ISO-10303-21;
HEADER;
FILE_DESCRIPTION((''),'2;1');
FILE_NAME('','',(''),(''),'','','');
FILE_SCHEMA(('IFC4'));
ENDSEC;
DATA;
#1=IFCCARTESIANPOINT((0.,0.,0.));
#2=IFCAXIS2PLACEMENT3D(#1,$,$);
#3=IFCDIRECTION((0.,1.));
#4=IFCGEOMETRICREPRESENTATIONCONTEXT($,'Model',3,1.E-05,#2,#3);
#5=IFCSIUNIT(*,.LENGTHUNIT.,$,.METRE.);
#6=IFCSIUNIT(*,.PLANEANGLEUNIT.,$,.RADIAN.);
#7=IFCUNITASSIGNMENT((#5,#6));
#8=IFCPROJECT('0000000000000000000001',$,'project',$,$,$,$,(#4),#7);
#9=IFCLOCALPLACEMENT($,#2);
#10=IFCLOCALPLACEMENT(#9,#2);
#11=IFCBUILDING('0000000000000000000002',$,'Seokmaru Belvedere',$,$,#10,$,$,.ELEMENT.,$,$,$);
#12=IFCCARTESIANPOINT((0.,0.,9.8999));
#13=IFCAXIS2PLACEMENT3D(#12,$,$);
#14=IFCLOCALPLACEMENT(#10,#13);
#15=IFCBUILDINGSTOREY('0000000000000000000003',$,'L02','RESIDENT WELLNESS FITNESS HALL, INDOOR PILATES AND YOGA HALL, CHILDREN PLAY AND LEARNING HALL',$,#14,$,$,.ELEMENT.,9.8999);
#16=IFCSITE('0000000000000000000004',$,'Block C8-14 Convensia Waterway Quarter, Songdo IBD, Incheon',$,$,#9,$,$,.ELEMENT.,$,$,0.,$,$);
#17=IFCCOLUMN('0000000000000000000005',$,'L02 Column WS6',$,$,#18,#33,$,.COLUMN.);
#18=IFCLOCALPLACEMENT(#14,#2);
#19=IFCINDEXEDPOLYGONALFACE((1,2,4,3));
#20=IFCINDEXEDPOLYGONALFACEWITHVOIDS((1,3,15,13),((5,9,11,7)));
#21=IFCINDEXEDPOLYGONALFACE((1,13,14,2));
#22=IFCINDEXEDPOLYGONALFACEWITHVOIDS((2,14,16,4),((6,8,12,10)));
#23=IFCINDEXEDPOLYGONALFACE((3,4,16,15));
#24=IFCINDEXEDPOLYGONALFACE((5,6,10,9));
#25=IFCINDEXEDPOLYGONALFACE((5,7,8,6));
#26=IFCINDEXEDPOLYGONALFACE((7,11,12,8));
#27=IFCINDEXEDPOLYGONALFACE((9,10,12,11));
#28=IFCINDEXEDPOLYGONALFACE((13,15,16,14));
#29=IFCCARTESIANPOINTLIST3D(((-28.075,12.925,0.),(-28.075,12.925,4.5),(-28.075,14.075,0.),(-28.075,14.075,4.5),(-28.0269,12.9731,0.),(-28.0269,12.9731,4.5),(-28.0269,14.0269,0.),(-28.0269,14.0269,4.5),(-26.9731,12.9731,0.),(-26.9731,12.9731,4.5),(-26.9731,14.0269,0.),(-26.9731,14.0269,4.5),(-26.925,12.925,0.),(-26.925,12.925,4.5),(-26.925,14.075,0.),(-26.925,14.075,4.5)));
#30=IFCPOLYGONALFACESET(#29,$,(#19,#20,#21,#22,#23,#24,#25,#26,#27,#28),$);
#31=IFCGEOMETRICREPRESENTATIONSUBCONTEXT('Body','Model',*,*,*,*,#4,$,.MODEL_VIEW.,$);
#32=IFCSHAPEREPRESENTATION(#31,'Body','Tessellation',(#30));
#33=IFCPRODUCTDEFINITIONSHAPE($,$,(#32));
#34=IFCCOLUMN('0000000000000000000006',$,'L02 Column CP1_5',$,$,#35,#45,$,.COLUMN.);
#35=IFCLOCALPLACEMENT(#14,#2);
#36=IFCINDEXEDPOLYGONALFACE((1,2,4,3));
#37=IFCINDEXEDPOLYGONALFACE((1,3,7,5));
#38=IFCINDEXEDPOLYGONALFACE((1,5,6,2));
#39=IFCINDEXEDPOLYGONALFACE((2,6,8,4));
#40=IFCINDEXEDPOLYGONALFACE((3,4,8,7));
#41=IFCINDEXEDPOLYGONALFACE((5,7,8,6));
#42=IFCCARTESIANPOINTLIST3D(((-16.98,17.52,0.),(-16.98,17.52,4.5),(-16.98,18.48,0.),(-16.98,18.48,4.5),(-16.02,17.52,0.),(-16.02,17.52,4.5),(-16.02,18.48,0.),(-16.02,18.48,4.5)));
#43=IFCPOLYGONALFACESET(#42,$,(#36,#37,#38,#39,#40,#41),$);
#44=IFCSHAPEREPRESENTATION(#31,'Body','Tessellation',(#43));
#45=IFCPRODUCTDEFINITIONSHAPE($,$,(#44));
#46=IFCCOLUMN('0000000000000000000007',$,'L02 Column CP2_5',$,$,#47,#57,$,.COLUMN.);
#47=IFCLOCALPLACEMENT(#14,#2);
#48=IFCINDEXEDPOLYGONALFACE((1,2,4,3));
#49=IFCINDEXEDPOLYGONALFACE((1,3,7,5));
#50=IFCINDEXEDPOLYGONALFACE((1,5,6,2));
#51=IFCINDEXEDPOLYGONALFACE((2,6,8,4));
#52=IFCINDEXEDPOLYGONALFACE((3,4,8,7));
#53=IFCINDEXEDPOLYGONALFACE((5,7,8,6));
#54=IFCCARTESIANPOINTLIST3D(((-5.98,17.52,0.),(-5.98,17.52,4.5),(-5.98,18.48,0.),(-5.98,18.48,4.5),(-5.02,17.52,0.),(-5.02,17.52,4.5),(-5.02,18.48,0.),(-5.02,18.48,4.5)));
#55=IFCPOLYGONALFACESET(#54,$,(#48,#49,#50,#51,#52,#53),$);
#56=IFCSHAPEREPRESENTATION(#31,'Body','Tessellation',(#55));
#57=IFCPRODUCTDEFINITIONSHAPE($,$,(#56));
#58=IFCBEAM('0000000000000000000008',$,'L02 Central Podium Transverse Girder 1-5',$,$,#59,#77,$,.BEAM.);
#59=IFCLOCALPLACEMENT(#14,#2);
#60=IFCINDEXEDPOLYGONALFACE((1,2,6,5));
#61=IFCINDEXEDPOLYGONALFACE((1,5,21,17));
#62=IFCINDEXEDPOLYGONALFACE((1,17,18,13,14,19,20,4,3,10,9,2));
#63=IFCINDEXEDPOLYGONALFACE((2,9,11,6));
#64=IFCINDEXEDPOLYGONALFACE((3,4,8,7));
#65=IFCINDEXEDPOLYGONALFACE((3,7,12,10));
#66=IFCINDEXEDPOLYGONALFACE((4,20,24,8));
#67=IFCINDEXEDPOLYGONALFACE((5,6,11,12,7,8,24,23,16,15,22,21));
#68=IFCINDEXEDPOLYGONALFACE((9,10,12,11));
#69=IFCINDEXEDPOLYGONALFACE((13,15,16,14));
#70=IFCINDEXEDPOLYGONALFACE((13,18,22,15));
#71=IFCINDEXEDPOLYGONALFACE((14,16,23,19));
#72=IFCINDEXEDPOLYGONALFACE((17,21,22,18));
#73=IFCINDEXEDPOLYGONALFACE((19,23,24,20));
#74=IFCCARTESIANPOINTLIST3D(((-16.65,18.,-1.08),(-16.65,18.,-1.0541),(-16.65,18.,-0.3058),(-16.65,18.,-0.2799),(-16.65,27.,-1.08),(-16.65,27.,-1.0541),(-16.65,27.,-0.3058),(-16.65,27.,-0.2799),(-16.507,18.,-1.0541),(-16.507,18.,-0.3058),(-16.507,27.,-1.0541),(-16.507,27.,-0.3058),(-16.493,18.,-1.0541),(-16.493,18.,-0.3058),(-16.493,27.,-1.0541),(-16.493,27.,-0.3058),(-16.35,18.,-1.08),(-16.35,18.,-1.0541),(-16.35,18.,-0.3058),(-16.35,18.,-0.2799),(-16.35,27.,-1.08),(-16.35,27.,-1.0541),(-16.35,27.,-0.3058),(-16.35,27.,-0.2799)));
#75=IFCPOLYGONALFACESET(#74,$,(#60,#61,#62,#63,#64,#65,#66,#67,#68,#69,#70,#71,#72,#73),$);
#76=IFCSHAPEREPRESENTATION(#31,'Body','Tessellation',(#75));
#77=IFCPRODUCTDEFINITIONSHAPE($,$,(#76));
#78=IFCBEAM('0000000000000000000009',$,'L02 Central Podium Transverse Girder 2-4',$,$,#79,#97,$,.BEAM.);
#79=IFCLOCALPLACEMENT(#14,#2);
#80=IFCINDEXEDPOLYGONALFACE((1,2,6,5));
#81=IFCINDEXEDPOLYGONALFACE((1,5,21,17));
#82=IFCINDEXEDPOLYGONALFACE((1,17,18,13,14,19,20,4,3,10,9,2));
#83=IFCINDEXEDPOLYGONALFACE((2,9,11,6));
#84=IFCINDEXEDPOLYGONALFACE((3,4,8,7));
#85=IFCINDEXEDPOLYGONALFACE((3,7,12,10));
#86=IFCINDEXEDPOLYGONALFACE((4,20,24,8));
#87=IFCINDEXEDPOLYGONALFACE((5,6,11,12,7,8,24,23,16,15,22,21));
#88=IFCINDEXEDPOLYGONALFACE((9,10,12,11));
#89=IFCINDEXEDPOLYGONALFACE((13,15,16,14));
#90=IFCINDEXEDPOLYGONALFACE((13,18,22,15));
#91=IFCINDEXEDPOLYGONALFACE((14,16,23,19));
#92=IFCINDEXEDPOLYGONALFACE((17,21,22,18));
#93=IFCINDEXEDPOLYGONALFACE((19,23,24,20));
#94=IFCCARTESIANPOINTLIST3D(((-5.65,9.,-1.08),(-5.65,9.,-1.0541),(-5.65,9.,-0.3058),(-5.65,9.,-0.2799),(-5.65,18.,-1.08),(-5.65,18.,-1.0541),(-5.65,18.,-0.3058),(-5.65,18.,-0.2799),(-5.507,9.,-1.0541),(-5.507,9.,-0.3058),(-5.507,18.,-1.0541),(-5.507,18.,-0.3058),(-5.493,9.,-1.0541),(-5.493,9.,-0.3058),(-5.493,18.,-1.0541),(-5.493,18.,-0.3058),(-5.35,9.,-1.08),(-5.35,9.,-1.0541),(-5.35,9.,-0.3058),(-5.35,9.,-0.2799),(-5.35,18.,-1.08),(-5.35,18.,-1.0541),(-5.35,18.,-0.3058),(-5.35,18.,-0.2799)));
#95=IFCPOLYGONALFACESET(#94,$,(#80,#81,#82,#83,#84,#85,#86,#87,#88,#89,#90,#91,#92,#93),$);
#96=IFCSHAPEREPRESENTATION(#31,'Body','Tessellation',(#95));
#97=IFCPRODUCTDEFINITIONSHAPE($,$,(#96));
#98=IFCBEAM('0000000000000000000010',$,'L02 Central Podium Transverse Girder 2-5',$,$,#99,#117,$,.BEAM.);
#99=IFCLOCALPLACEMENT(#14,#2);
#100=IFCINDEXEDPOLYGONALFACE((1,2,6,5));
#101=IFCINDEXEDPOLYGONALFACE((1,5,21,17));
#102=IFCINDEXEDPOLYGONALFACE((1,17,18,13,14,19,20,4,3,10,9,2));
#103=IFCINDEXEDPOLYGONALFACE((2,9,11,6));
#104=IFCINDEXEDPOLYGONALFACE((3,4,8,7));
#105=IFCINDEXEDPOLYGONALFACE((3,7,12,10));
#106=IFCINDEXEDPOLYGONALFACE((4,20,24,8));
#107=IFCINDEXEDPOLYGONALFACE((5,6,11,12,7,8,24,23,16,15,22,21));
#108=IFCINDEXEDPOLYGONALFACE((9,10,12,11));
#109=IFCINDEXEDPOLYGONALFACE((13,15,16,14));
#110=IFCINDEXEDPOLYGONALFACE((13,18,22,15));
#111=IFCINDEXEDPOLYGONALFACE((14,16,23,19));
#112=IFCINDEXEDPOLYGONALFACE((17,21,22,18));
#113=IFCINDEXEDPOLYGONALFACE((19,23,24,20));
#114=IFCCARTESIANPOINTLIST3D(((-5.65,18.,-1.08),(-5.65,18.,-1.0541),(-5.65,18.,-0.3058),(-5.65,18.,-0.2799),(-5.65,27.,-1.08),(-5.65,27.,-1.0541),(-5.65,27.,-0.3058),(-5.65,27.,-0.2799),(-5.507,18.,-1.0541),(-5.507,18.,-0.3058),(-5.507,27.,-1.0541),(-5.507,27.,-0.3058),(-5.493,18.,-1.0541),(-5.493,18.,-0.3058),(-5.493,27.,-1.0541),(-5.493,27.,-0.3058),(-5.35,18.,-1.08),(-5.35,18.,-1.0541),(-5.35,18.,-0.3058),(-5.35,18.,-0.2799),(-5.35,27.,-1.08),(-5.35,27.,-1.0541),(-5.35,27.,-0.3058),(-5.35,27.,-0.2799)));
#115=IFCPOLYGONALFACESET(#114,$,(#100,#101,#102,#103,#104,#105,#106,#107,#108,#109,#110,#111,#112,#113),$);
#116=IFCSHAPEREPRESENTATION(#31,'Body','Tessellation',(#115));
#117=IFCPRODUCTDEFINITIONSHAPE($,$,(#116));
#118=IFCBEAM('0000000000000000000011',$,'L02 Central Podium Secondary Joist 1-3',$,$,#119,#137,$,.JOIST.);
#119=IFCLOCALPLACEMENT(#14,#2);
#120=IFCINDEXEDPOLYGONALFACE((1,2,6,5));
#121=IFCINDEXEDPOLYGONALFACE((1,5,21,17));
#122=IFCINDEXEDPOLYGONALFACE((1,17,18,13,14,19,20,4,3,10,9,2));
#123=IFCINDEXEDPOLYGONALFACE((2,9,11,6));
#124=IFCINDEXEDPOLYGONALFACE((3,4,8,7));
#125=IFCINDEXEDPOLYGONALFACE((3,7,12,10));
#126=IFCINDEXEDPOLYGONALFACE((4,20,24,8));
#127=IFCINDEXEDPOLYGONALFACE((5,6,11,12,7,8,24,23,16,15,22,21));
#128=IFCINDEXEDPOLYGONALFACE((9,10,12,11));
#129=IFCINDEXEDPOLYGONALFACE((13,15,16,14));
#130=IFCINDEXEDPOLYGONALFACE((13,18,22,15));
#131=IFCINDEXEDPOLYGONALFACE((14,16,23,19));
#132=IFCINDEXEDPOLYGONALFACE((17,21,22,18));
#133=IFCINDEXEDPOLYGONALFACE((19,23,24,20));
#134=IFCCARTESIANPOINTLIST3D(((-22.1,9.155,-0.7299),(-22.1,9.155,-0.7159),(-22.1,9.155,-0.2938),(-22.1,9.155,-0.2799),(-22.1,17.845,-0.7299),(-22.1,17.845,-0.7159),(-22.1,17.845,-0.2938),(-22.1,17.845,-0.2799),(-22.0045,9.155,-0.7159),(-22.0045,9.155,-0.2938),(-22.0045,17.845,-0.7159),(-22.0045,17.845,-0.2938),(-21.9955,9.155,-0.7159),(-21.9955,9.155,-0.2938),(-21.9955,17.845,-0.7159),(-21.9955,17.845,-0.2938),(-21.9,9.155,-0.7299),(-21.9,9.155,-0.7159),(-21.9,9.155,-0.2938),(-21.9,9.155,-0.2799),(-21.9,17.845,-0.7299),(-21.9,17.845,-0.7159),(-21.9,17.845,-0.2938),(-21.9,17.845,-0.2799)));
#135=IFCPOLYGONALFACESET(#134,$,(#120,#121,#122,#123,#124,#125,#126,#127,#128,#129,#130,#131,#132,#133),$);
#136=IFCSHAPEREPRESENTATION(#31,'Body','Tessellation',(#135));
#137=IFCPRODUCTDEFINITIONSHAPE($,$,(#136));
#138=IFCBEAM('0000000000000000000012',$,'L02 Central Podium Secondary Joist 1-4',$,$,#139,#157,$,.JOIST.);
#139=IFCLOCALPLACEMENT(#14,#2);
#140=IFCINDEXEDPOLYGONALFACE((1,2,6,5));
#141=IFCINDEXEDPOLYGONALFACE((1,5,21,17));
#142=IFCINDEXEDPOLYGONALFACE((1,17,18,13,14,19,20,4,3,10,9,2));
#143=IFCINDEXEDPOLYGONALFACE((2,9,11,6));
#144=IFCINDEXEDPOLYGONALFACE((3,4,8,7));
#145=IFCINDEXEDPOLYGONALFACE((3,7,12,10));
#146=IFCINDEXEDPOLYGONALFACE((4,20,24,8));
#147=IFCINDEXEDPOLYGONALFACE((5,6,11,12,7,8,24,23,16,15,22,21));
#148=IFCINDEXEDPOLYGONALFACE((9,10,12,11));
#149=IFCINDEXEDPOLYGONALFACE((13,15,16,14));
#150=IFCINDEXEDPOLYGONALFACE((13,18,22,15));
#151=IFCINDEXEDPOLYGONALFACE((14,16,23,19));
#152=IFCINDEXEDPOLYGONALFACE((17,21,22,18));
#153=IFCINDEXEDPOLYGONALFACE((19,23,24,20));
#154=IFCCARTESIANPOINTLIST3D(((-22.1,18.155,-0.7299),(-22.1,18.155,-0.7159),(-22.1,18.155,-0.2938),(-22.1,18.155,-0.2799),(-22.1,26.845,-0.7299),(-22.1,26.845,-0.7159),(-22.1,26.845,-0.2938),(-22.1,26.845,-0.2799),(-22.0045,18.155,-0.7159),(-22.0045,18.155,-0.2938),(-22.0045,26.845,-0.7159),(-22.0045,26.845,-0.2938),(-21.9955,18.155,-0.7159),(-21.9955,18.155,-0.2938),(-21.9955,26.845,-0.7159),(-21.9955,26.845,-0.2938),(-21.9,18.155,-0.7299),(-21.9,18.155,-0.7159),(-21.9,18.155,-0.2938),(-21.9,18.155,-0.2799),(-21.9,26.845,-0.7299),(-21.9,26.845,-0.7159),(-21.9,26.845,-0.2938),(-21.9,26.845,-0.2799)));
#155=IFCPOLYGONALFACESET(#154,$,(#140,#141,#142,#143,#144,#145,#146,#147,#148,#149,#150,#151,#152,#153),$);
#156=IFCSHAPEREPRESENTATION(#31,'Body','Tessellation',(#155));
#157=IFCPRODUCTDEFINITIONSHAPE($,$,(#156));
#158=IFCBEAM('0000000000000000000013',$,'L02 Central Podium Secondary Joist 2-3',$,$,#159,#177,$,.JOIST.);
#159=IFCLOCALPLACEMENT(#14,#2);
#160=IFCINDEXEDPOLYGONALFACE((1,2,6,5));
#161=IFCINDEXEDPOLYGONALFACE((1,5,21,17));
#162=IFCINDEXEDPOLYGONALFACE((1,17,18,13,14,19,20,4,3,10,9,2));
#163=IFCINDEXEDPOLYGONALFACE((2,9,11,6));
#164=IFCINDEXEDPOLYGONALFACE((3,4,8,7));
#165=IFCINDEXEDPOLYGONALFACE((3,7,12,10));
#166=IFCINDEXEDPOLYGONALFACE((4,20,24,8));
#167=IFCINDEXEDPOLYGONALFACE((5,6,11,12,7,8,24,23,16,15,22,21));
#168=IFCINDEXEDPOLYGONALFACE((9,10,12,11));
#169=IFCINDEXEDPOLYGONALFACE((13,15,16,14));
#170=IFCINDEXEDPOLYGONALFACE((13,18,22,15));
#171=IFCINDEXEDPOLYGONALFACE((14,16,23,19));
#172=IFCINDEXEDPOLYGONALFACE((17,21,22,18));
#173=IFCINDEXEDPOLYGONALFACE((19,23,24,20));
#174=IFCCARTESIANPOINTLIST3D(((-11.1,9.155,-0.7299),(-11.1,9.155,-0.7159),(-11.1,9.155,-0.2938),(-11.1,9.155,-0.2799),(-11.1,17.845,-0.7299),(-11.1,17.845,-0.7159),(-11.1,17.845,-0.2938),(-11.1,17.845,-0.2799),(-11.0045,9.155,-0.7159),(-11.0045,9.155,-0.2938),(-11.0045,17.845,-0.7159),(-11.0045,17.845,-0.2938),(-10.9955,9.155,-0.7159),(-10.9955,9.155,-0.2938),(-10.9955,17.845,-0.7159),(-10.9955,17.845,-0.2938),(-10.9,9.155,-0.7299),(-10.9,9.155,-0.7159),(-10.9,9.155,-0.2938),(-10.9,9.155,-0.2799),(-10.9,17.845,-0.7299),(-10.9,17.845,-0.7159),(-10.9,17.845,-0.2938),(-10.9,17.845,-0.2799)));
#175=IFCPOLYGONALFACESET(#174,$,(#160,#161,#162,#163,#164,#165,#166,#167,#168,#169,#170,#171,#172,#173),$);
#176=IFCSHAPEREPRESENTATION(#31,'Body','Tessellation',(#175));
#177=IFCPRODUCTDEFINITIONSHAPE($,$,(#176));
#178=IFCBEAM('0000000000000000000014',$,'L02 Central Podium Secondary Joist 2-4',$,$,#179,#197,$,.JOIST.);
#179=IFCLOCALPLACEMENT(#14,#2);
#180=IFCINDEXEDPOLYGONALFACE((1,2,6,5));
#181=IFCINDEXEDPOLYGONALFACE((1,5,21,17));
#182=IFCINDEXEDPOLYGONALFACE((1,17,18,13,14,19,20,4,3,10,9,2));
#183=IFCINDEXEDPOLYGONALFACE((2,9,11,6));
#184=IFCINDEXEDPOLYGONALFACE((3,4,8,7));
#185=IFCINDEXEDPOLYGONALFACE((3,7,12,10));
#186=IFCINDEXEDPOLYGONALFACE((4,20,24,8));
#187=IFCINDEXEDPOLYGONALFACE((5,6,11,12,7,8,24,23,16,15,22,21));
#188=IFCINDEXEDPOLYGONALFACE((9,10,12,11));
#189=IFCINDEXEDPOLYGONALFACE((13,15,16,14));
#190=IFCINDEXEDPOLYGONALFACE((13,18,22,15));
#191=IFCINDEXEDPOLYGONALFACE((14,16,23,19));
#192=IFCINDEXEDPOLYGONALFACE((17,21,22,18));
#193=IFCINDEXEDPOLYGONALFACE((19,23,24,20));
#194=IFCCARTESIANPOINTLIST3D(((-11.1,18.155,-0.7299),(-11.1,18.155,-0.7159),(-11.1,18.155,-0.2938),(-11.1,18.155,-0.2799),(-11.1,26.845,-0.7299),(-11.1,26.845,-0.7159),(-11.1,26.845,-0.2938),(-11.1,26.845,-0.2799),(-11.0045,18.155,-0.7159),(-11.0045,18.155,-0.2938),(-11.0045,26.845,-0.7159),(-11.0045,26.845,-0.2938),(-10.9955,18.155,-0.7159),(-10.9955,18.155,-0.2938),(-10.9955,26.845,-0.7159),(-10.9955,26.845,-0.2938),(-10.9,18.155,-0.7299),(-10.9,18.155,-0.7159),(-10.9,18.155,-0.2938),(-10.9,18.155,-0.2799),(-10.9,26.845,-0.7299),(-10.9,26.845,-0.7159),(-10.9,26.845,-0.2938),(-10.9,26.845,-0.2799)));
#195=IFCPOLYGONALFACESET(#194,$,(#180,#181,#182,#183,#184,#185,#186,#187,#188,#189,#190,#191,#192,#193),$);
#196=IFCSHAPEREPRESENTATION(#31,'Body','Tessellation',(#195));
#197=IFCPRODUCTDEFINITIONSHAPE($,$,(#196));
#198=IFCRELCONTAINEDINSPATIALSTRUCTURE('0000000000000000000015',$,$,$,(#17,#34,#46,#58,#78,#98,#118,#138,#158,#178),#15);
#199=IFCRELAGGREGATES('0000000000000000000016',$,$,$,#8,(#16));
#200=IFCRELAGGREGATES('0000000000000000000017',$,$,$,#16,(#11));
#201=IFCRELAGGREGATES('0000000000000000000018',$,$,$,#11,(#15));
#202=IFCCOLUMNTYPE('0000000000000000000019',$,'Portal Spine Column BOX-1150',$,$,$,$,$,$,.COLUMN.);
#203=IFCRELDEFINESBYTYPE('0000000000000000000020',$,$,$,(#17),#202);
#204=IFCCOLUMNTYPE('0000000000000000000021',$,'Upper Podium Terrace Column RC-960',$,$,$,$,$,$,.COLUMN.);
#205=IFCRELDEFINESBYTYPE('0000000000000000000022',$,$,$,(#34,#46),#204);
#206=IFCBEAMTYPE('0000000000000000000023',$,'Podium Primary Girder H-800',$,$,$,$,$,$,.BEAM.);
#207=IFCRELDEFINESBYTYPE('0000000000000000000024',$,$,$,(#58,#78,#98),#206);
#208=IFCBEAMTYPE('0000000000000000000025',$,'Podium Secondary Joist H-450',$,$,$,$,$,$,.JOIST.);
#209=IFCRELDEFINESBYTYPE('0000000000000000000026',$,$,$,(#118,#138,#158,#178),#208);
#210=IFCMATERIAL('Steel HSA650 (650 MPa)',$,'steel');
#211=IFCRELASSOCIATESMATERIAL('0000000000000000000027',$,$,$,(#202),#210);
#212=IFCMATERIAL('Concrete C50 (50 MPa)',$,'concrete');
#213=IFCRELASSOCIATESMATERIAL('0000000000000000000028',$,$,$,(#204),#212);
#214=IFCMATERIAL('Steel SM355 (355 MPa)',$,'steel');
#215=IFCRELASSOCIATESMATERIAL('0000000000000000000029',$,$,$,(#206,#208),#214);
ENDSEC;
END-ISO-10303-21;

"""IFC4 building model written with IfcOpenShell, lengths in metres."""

from ifc_helpers import new_model, si_unit, direction, frame, origin, origin_2d, place, context, subcontext, project, spatial, rectangle, hollow_rectangle, i_section, extrude, source, transform, mapped, material, material_profile, profile_set, type_object, type_shapes, element, save


model = new_model("IFC4")

# Units and contexts
model_context = context("Model", 3, precision=1e-05, world=origin(), true_north=direction((0.0, 1.0)))
body_context = subcontext(model_context, "Body", "Model", "MODEL_VIEW")
ifc_project = project(units=[si_unit("LENGTHUNIT", "METRE"), si_unit("PLANEANGLEUNIT", "RADIAN")], contexts=[model_context])

# Site, building, storey
site_placement = place(None, origin())
site = spatial("IfcSite", under=ifc_project, at=site_placement, Name="Block C8-14 Convensia Waterway Quarter, Songdo IBD, Incheon", CompositionType="ELEMENT", RefElevation=0.0)
building_placement = place(site_placement, origin())
building = spatial("IfcBuilding", under=site, at=building_placement, Name="Seokmaru Belvedere", CompositionType="ELEMENT")
storey_placement = place(building_placement, frame((0.0, 0.0, 9.8999)))
storey = spatial("IfcBuildingStorey", under=building, at=storey_placement, Name="L02", Description="RESIDENT WELLNESS FITNESS HALL, INDOOR PILATES AND YOGA HALL, CHILDREN PLAY AND LEARNING HALL", CompositionType="ELEMENT", Elevation=9.8999)

# Columns
ifc_material_1 = material(Name="Steel HSA650 (650 MPa)", Category="steel")
ifc_material_profile_1 = material_profile(ifc_material_1, hollow_rectangle(XDim=1.1499, YDim=1.1499, WallThickness=0.0481, at=origin_2d()), Name="BOX-1150x1150x48")
ifc_profile_set_1 = profile_set([ifc_material_profile_1], Name="Steel HSA650 (650 MPa)")
column_type_1 = type_object("IfcColumnType", Name="Portal Spine Column BOX-1150", PredefinedType="COLUMN", material=ifc_profile_set_1)
shared_shape_1 = source(origin(), body_context, "Body", "SweptSolid", [
    extrude(hollow_rectangle(XDim=1.1499, YDim=1.1499, WallThickness=0.0481, at=origin_2d()), origin(), (0.0, 0.0, 1.0), 4.5),
])
type_shapes(column_type_1, [shared_shape_1])
column_placement = place(storey_placement, frame((-27.5, 13.5, 0.0), z_axis=(0.0, 0.0, 1.0), x_axis=(1.0, 0.0, 0.0)))
element("IfcColumn", 1, at=column_placement, inside=storey, type_object=column_type_1, Name="L02 Column WS6", PredefinedType="COLUMN", context=body_context, shape_type="MappedRepresentation", body=[
    mapped(shared_shape_1, transform((0.0, 0.0, 0.0), scale=1.0)),
])
ifc_material_2 = material(Name="Concrete C50 (50 MPa)", Category="concrete")
ifc_material_profile_2 = material_profile(ifc_material_2, rectangle(XDim=0.96, YDim=0.96, at=origin_2d()), Name="RC-960x960")
ifc_profile_set_2 = profile_set([ifc_material_profile_2], Name="Concrete C50 (50 MPa)")
column_type_2 = type_object("IfcColumnType", Name="Upper Podium Terrace Column RC-960", PredefinedType="COLUMN", material=ifc_profile_set_2)
shared_shape_2 = source(origin(), body_context, "Body", "SweptSolid", [
    extrude(rectangle(XDim=0.96, YDim=0.96, at=origin_2d()), origin(), (0.0, 0.0, 1.0), 4.5),
])
type_shapes(column_type_2, [shared_shape_2])
for number, where, z_axis, x_axis, name in (
    (2, (-16.5, 18.0, 0.0), (0.0, 0.0, 1.0), (1.0, 0.0, 0.0), "L02 Column CP1_5"),
    (3, (-5.5, 18.0, 0.0), (0.0, 0.0, 1.0), (1.0, 0.0, 0.0), "L02 Column CP2_5"),
):
    element("IfcColumn", number, at=place(storey_placement, frame(where, z_axis=z_axis, x_axis=x_axis)), inside=storey, type_object=column_type_2, Name=name, PredefinedType="COLUMN", context=body_context, shape_type="MappedRepresentation", body=[
        mapped(shared_shape_2, transform((0.0, 0.0, 0.0), scale=1.0)),
    ])

# Beams
ifc_material_3 = material(Name="Steel SM355 (355 MPa)", Category="steel")
ifc_material_profile_3 = material_profile(ifc_material_3, i_section(OverallWidth=0.3, OverallDepth=0.8, WebThickness=0.0139, FlangeThickness=0.0259, at=origin_2d()), Name="H-800x300x14x26")
ifc_profile_set_3 = profile_set([ifc_material_profile_3], Name="Steel SM355 (355 MPa)")
beam_type_1 = type_object("IfcBeamType", Name="Podium Primary Girder H-800", PredefinedType="BEAM", material=ifc_profile_set_3)
shared_shape_3 = source(origin(), body_context, "Body", "SweptSolid", [
    extrude(i_section(OverallWidth=0.3, OverallDepth=0.8, WebThickness=0.0139, FlangeThickness=0.0259, at=origin_2d()), origin(), (0.0, 0.0, 1.0), 9.0),
])
for number, where, z_axis, x_axis, name in (
    (4, (-16.5, 18.0, -0.6799), (0.0, 1.0, 0.0), (-1.0, 0.0, 0.0), "L02 Central Podium Transverse Girder 1-5"),
    (5, (-5.5, 9.0, -0.6799), (0.0, 1.0, 0.0), (-1.0, 0.0, 0.0), "L02 Central Podium Transverse Girder 2-4"),
    (6, (-5.5, 18.0, -0.6799), (0.0, 1.0, 0.0), (-1.0, 0.0, 0.0), "L02 Central Podium Transverse Girder 2-5"),
):
    element("IfcBeam", number, at=place(storey_placement, frame(where, z_axis=z_axis, x_axis=x_axis)), inside=storey, type_object=beam_type_1, Name=name, PredefinedType="BEAM", context=body_context, shape_type="MappedRepresentation", body=[
        mapped(shared_shape_3, transform((0.0, 0.0, 0.0), scale=1.0)),
    ])
ifc_material_profile_4 = material_profile(ifc_material_3, i_section(OverallWidth=0.2, OverallDepth=0.45, WebThickness=0.009, FlangeThickness=0.0139, at=origin_2d()), Name="H-450x200x9x14")
ifc_profile_set_4 = profile_set([ifc_material_profile_4], Name="Steel SM355 (355 MPa)")
beam_type_2 = type_object("IfcBeamType", Name="Podium Secondary Joist H-450", PredefinedType="JOIST", material=ifc_profile_set_4)
shared_shape_4 = source(origin(), body_context, "Body", "SweptSolid", [
    extrude(i_section(OverallWidth=0.2, OverallDepth=0.45, WebThickness=0.009, FlangeThickness=0.0139, at=origin_2d()), origin(), (0.0, 0.0, 1.0), 8.6899),
])
type_shapes(beam_type_2, [shared_shape_4])
for number, where, z_axis, x_axis, name in (
    (7, (-22.0, 9.155, -0.5049), (0.0, 1.0, 0.0), (-1.0, 0.0, 0.0), "L02 Central Podium Secondary Joist 1-3"),
    (8, (-22.0, 18.155, -0.5049), (0.0, 1.0, 0.0), (-1.0, 0.0, 0.0), "L02 Central Podium Secondary Joist 1-4"),
    (9, (-11.0, 9.155, -0.5049), (0.0, 1.0, 0.0), (-1.0, 0.0, 0.0), "L02 Central Podium Secondary Joist 2-3"),
    (10, (-11.0, 18.155, -0.5049), (0.0, 1.0, 0.0), (-1.0, 0.0, 0.0), "L02 Central Podium Secondary Joist 2-4"),
):
    element("IfcBeam", number, at=place(storey_placement, frame(where, z_axis=z_axis, x_axis=x_axis)), inside=storey, type_object=beam_type_2, Name=name, PredefinedType="JOIST", context=body_context, shape_type="MappedRepresentation", body=[
        mapped(shared_shape_4, transform((0.0, 0.0, 0.0), scale=1.0)),
    ])

save(model, "model.ifc")
